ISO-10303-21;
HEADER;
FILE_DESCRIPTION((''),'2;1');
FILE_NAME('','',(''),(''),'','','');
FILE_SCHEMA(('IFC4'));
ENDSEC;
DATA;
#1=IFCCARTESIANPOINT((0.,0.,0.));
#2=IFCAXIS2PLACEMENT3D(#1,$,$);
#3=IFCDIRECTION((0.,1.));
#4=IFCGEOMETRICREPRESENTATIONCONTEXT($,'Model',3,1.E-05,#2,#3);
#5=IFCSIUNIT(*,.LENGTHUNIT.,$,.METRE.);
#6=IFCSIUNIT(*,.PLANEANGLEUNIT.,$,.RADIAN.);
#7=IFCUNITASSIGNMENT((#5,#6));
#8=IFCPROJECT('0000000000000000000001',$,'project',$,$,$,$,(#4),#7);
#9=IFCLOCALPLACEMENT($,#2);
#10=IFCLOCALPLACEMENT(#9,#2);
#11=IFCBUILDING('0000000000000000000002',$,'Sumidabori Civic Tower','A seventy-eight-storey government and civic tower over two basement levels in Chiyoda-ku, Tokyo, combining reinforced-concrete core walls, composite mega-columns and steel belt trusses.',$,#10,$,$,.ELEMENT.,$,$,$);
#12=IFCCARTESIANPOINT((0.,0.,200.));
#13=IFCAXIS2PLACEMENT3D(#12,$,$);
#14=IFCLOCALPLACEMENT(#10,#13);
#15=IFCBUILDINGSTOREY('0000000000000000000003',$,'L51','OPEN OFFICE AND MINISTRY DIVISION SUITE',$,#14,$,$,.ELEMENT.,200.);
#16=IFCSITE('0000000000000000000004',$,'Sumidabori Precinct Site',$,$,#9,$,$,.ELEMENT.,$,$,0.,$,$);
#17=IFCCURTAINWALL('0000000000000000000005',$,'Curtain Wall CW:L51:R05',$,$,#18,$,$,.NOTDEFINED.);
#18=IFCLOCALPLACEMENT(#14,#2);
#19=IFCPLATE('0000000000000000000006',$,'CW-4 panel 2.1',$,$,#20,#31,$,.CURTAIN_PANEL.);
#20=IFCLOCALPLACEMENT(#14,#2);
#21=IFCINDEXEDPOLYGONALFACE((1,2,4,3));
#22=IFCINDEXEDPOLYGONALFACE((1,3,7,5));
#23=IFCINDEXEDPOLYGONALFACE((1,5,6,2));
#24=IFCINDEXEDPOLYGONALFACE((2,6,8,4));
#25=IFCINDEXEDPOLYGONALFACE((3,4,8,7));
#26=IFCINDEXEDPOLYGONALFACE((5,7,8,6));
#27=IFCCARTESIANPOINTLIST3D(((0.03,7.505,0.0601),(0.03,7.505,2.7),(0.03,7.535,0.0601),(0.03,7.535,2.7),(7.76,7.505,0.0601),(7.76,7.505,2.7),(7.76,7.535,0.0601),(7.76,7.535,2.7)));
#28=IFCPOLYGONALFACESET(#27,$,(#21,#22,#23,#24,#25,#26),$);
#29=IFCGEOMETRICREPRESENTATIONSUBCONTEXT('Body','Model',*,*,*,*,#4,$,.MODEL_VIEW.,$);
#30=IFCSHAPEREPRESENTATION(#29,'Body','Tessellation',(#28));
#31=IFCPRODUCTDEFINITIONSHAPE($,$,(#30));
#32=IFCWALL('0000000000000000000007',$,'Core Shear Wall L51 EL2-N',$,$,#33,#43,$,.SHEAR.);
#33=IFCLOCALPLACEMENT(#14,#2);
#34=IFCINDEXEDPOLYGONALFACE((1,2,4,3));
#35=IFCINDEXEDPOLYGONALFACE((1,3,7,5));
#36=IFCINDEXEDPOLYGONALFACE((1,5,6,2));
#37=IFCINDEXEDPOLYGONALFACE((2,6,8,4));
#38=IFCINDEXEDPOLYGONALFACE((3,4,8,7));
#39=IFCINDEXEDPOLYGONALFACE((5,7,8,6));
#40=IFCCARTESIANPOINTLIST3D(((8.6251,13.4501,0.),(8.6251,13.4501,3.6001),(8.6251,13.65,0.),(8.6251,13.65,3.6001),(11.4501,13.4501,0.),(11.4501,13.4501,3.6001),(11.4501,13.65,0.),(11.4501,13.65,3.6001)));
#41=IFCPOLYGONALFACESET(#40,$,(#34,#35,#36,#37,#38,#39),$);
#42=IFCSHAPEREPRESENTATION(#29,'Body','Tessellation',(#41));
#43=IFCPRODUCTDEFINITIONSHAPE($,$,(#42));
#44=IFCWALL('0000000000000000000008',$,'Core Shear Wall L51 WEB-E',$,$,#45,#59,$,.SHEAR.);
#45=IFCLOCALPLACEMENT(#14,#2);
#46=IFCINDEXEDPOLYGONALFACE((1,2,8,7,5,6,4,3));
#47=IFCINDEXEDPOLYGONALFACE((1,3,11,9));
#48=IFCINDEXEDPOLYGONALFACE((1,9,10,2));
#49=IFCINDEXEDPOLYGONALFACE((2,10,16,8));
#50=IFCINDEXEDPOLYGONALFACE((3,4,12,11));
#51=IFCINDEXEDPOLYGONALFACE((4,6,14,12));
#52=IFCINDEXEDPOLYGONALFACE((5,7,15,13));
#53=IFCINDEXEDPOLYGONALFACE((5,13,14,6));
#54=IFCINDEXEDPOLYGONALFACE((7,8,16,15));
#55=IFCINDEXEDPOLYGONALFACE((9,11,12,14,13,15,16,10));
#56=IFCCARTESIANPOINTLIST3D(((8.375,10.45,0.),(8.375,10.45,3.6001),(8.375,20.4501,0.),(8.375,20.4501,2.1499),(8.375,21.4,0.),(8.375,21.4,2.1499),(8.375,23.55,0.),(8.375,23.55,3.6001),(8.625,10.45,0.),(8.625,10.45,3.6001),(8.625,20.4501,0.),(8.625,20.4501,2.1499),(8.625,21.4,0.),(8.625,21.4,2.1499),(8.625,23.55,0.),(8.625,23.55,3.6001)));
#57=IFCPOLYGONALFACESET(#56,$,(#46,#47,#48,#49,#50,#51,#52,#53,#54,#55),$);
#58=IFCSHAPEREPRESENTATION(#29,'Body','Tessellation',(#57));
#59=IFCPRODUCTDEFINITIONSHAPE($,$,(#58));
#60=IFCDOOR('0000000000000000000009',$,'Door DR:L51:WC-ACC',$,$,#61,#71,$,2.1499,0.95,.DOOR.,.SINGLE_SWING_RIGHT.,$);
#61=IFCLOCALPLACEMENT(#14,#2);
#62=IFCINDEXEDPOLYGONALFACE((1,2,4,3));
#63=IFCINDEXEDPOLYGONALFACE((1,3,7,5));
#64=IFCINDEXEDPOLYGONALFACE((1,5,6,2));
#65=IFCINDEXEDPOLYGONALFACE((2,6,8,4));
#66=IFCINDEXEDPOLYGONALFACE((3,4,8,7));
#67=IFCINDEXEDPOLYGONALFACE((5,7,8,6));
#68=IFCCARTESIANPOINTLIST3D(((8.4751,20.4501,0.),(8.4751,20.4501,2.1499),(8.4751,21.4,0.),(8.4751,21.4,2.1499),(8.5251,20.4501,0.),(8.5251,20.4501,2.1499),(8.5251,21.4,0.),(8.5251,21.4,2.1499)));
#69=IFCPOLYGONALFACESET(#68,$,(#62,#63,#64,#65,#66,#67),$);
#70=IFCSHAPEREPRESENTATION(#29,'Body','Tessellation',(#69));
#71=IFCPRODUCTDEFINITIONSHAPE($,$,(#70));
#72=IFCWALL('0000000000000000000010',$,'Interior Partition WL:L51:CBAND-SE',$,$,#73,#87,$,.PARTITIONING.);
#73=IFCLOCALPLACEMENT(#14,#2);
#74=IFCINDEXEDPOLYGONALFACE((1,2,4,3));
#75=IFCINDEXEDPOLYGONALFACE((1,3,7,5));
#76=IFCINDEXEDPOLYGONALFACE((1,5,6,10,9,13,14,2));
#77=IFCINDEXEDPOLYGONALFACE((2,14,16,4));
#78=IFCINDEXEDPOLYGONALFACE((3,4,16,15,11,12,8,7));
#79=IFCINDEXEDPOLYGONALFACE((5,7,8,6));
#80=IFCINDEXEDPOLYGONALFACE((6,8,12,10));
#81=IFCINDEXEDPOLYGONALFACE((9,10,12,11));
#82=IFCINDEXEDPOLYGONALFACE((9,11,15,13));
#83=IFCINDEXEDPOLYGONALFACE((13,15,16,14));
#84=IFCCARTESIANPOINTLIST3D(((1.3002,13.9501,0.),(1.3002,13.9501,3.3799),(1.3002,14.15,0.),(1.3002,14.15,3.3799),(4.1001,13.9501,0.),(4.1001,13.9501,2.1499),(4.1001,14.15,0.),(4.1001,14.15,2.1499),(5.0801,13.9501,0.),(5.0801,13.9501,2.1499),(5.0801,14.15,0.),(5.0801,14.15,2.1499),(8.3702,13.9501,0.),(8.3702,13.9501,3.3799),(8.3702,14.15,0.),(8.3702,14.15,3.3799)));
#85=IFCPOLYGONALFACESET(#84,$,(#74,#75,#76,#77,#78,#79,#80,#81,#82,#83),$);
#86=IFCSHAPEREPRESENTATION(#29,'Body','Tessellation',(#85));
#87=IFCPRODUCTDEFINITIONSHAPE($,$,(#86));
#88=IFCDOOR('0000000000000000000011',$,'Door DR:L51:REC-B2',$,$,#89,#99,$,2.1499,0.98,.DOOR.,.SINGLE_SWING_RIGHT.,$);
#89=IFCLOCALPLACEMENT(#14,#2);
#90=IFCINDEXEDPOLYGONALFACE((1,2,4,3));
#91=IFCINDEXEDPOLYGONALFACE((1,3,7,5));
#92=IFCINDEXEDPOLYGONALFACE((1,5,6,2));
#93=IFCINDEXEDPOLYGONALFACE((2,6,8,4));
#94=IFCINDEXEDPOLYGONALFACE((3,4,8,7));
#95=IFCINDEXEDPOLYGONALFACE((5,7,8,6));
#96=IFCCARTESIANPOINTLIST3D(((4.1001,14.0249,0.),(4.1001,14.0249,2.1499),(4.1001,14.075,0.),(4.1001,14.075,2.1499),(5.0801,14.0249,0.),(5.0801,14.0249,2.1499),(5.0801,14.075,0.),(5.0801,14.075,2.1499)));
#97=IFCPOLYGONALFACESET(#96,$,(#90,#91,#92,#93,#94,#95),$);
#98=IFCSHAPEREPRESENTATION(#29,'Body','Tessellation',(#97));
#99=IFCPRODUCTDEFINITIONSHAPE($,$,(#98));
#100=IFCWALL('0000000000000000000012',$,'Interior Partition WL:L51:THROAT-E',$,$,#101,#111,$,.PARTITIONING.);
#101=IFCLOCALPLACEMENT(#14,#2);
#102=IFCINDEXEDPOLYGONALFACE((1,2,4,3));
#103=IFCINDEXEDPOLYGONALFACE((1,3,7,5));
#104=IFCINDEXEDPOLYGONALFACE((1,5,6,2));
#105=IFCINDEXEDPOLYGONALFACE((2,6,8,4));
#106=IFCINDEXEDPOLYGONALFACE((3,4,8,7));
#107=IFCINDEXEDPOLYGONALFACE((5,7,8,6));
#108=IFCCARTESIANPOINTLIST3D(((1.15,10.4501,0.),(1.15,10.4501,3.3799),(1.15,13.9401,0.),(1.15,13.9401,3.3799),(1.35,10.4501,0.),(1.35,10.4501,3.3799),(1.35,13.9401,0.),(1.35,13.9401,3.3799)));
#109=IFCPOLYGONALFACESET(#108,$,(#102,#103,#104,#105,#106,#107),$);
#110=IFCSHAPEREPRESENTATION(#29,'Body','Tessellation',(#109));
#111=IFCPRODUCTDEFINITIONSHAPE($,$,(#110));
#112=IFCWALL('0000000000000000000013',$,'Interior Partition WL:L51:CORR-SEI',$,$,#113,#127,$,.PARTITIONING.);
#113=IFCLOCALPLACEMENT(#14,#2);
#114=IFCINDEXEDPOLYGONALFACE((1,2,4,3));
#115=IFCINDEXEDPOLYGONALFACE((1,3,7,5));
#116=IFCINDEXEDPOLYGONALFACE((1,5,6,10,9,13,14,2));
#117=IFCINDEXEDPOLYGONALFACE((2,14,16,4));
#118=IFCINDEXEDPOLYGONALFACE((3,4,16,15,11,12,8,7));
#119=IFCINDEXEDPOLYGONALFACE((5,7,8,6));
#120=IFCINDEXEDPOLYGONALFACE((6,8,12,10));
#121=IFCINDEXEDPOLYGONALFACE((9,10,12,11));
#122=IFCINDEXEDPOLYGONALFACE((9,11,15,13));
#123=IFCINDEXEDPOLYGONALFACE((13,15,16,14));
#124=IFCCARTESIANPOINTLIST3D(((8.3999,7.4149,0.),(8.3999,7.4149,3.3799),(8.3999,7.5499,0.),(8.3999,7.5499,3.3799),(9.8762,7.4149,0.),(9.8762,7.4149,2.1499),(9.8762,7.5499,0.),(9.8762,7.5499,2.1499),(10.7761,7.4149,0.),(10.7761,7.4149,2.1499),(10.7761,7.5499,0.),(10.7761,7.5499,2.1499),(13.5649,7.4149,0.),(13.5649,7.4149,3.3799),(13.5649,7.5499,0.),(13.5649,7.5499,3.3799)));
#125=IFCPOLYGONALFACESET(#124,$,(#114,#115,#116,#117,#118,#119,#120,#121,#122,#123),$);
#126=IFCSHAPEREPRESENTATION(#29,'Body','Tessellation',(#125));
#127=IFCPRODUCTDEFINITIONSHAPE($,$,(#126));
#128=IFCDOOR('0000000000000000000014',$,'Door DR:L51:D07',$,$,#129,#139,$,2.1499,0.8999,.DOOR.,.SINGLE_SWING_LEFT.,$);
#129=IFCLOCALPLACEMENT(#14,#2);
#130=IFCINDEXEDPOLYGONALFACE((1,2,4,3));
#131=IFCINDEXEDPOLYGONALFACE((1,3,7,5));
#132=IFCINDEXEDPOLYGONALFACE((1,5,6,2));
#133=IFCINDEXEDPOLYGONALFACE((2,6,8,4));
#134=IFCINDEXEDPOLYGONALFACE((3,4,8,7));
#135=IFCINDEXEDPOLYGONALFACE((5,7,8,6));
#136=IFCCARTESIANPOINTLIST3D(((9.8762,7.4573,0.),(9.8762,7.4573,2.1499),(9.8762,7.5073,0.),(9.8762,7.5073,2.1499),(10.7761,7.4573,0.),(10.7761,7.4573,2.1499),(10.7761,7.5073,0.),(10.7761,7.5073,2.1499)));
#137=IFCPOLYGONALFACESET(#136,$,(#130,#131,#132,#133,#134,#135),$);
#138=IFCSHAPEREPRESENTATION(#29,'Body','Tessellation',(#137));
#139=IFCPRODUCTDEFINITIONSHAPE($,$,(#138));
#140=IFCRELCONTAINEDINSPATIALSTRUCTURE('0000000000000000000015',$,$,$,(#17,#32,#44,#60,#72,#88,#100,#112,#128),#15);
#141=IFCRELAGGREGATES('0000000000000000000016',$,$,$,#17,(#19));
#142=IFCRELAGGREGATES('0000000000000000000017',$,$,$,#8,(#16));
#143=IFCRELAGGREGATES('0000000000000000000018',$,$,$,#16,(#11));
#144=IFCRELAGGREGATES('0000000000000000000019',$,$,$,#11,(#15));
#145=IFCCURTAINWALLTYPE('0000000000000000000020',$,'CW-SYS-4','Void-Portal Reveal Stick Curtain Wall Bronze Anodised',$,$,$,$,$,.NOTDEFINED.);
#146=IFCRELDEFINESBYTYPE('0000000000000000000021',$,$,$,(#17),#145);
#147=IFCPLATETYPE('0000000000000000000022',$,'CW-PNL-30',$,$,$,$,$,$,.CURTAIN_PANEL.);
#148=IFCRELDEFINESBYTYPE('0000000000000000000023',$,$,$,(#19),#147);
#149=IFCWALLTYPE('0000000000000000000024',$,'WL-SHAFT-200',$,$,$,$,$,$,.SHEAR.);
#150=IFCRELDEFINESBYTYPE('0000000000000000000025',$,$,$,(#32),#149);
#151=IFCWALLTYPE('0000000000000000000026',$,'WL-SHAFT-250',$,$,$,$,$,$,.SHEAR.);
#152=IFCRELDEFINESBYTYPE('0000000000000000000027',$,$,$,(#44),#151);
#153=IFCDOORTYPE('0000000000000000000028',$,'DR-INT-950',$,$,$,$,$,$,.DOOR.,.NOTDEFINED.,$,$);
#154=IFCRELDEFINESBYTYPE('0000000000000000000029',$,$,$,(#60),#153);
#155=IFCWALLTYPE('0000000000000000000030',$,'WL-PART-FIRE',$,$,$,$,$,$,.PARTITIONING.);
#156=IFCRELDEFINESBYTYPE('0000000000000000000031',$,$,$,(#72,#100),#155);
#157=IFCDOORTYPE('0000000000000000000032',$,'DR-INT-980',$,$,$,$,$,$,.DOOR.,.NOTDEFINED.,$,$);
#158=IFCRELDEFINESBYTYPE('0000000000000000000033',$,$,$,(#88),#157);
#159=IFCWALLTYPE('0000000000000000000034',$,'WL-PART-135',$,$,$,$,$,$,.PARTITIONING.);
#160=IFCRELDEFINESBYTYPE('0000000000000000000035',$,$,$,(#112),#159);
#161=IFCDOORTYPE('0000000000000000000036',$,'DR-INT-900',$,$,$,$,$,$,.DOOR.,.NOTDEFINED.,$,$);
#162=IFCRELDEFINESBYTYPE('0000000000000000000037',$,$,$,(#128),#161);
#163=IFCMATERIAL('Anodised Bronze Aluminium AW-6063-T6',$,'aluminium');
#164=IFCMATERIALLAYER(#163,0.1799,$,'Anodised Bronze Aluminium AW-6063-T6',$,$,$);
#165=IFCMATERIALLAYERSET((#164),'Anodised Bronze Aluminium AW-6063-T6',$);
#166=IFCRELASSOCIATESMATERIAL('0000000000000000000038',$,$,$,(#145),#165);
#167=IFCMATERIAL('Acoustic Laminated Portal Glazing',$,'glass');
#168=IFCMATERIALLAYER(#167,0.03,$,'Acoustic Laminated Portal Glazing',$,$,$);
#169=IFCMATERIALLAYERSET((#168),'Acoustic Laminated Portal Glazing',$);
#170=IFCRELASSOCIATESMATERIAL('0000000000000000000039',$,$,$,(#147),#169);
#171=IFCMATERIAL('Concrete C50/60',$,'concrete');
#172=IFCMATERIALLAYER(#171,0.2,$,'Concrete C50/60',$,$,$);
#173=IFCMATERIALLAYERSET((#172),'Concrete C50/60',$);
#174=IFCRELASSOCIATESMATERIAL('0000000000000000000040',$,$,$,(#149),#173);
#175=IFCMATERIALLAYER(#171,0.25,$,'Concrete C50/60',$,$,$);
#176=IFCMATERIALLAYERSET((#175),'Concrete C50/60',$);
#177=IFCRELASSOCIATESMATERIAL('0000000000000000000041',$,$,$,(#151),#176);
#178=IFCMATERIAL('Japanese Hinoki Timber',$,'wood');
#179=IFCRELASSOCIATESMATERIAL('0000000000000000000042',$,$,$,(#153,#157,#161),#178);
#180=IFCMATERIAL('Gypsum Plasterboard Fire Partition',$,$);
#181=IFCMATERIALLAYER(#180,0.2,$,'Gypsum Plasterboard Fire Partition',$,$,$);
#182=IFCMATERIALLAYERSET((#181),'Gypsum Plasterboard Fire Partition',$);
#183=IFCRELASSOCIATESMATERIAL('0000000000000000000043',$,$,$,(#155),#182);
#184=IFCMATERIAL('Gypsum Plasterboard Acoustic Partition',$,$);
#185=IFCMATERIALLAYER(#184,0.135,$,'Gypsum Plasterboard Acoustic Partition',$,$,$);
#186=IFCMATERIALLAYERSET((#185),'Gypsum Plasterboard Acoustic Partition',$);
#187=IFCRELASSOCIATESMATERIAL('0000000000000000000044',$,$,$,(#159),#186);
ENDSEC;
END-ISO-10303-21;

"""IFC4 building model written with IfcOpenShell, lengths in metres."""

from ifc_helpers import new_model, si_unit, direction, frame, frame_2d, origin, origin_2d, place, context, subcontext, project, spatial, rectangle, extrude, source, transform, mapped, material, layer, layer_set, type_object, element, fill, aggregate, save


model = new_model("IFC4")

# Units and contexts
model_context = context("Model", 3, precision=1e-05, world=origin(), true_north=direction((0.0, 1.0)))
body_context = subcontext(model_context, "Body", "Model", "MODEL_VIEW")
ifc_project = project(units=[si_unit("LENGTHUNIT", "METRE"), si_unit("PLANEANGLEUNIT", "RADIAN")], contexts=[model_context])

# Site, building, storey
site_placement = place(None, origin())
site = spatial("IfcSite", under=ifc_project, at=site_placement, Name="Sumidabori Precinct Site", CompositionType="ELEMENT", RefElevation=0.0)
building_placement = place(site_placement, origin())
building = spatial("IfcBuilding", under=site, at=building_placement, Name="Sumidabori Civic Tower", Description="A seventy-eight-storey government and civic tower over two basement levels in Chiyoda-ku, Tokyo, combining reinforced-concrete core walls, composite mega-columns and steel belt trusses.", CompositionType="ELEMENT")
storey_placement = place(building_placement, frame((0.0, 0.0, 200.0)))
storey = spatial("IfcBuildingStorey", under=building, at=storey_placement, Name="L51", Description="OPEN OFFICE AND MINISTRY DIVISION SUITE", CompositionType="ELEMENT", Elevation=200.0)

# Curtain wall
ifc_material_1 = material(Name="Anodised Bronze Aluminium AW-6063-T6", Category="aluminium")
ifc_layer_1 = layer(ifc_material_1, 0.1799, Name="Anodised Bronze Aluminium AW-6063-T6")
ifc_layer_set_1 = layer_set([ifc_layer_1], Name="Anodised Bronze Aluminium AW-6063-T6")
curtain_wall_type = type_object("IfcCurtainWallType", Name="CW-SYS-4", Description="Void-Portal Reveal Stick Curtain Wall Bronze Anodised", PredefinedType="NOTDEFINED", material=ifc_layer_set_1)
curtain_wall_1_placement = place(storey_placement, origin())
curtain_wall_1 = element("IfcCurtainWall", 1, at=curtain_wall_1_placement, inside=storey, type_object=curtain_wall_type, Name="Curtain Wall CW:L51:R05", PredefinedType="NOTDEFINED")

# Plate
ifc_material_2 = material(Name="Acoustic Laminated Portal Glazing", Category="glass")
ifc_layer_2 = layer(ifc_material_2, 0.03, Name="Acoustic Laminated Portal Glazing")
ifc_layer_set_2 = layer_set([ifc_layer_2], Name="Acoustic Laminated Portal Glazing")
plate_type = type_object("IfcPlateType", Name="CW-PNL-30", PredefinedType="CURTAIN_PANEL", material=ifc_layer_set_2)
shared_shape_1 = source(origin(), body_context, "Body", "SweptSolid", [
    extrude(rectangle(XDim=7.73, YDim=0.03, at=origin_2d()), origin(), (0.0, 0.0, 1.0), 2.6399),
])
plate_1_placement = place(storey_placement, frame((3.895, 7.52, 0.0601), z_axis=(0.0, 0.0, 1.0), x_axis=(1.0, 0.0, 0.0)))
plate_1 = element("IfcPlate", 2, at=plate_1_placement, type_object=plate_type, Name="CW-4 panel 2.1", PredefinedType="CURTAIN_PANEL", context=body_context, shape_type="MappedRepresentation", body=[
    mapped(shared_shape_1, transform((0.0, 0.0, 0.0), x_axis=(1.0, 0.0, 0.0), y_axis=(0.0, 1.0, 0.0), z_axis=(0.0, 0.0, 1.0), scale=1.0)),
])
aggregate(curtain_wall_1, [plate_1])

# Wall
ifc_material_3 = material(Name="Concrete C50/60", Category="concrete")
ifc_layer_3 = layer(ifc_material_3, 0.2, Name="Concrete C50/60")
ifc_layer_set_3 = layer_set([ifc_layer_3], Name="Concrete C50/60")
wall_type_1 = type_object("IfcWallType", Name="WL-SHAFT-200", PredefinedType="SHEAR", material=ifc_layer_set_3)
shared_shape_2 = source(origin(), body_context, "Body", "SweptSolid", [
    extrude(rectangle(XDim=2.825, YDim=0.2, at=frame_2d((1.4126, 0.0))), origin(), (0.0, 0.0, 1.0), 3.6001),
])
wall_1_placement = place(storey_placement, frame((8.625, 13.55, 0.0), z_axis=(0.0, 0.0, 1.0), x_axis=(1.0, 0.0, 0.0)))
element("IfcWall", 3, at=wall_1_placement, inside=storey, type_object=wall_type_1, Name="Core Shear Wall L51 EL2-N", PredefinedType="SHEAR", context=body_context, shape_type="MappedRepresentation", body=[
    mapped(shared_shape_2, transform((0.0, 0.0, 0.0), x_axis=(1.0, 0.0, 0.0), y_axis=(0.0, 1.0, 0.0), z_axis=(0.0, 0.0, 1.0), scale=1.0)),
])

# Walls, openings, doors
ifc_layer_4 = layer(ifc_material_3, 0.25, Name="Concrete C50/60")
ifc_layer_set_4 = layer_set([ifc_layer_4], Name="Concrete C50/60")
wall_type_2 = type_object("IfcWallType", Name="WL-SHAFT-250", PredefinedType="SHEAR", material=ifc_layer_set_4)
shared_shape_3 = source(origin(), body_context, "Body", "SweptSolid", [
    extrude(rectangle(XDim=13.1001, YDim=0.25, at=frame_2d((6.55, 0.0))), origin(), (0.0, 0.0, 1.0), 3.6001),
])
wall_2_placement = place(storey_placement, frame((8.5, 10.45, 0.0), z_axis=(0.0, 0.0, 1.0), x_axis=(0.0, 1.0, 0.0)))
wall_2 = element("IfcWall", 4, at=wall_2_placement, inside=storey, type_object=wall_type_2, Name="Core Shear Wall L51 WEB-E", PredefinedType="SHEAR", context=body_context, shape_type="MappedRepresentation", body=[
    mapped(shared_shape_3, transform((0.0, 0.0, 0.0), x_axis=(1.0, 0.0, 0.0), y_axis=(0.0, 1.0, 0.0), z_axis=(0.0, 0.0, 1.0), scale=1.0)),
])
opening_1_placement = place(wall_2_placement, frame((10.0, 0.0, 0.0)))
opening_1 = element("IfcOpeningElement", 5, at=opening_1_placement, cuts=wall_2, PredefinedType="OPENING", context=body_context, shape_type="SweptSolid", body=[
    extrude(rectangle(XDim=0.95, YDim=2.1499, at=frame_2d((0.4751, 1.075))), frame((0.0, 0.137, 0.0), z_axis=(0.0, -1.0, 0.0), x_axis=(1.0, 0.0, 0.0)), (0.0, 0.0, 1.0), 0.2739),
])
ifc_material_4 = material(Name="Japanese Hinoki Timber", Category="wood")
door_type_1 = type_object("IfcDoorType", Name="DR-INT-950", OperationType="NOTDEFINED", PredefinedType="DOOR", material=ifc_material_4)
shared_shape_4 = source(origin(), body_context, "Body", "SweptSolid", [
    extrude(rectangle(XDim=0.95, YDim=2.1499, at=frame_2d((0.4751, 1.075))), frame((0.0, 0.0249, 0.0), z_axis=(0.0, -1.0, 0.0), x_axis=(1.0, 0.0, 0.0)), (0.0, 0.0, 1.0), 0.05),
])
door_1_placement = place(opening_1_placement, origin())
door_1 = element("IfcDoor", 6, at=door_1_placement, inside=storey, type_object=door_type_1, Name="Door DR:L51:WC-ACC", OperationType="SINGLE_SWING_RIGHT", OverallHeight=2.1499, OverallWidth=0.95, PredefinedType="DOOR", context=body_context, shape_type="MappedRepresentation", body=[
    mapped(shared_shape_4, transform((0.0, 0.0, 0.0), x_axis=(1.0, 0.0, 0.0), y_axis=(0.0, 1.0, 0.0), z_axis=(0.0, 0.0, 1.0), scale=1.0)),
])
fill(opening_1, door_1)
ifc_material_5 = material(Name="Gypsum Plasterboard Fire Partition")
ifc_layer_5 = layer(ifc_material_5, 0.2, Name="Gypsum Plasterboard Fire Partition")
ifc_layer_set_5 = layer_set([ifc_layer_5], Name="Gypsum Plasterboard Fire Partition")
wall_type_3 = type_object("IfcWallType", Name="WL-PART-FIRE", PredefinedType="PARTITIONING", material=ifc_layer_set_5)
shared_shape_5 = source(origin(), body_context, "Body", "SweptSolid", [
    extrude(rectangle(XDim=7.0701, YDim=0.2, at=frame_2d((3.5352, 0.0))), origin(), (0.0, 0.0, 1.0), 3.3799),
])
wall_3_placement = place(storey_placement, frame((1.3, 14.05, 0.0), z_axis=(0.0, 0.0, 1.0), x_axis=(1.0, 0.0, 0.0)))
wall_3 = element("IfcWall", 7, at=wall_3_placement, inside=storey, type_object=wall_type_3, Name="Interior Partition WL:L51:CBAND-SE", PredefinedType="PARTITIONING", context=body_context, shape_type="MappedRepresentation", body=[
    mapped(shared_shape_5, transform((0.0, 0.0, 0.0), x_axis=(1.0, 0.0, 0.0), y_axis=(0.0, 1.0, 0.0), z_axis=(0.0, 0.0, 1.0), scale=1.0)),
])
opening_2_placement = place(wall_3_placement, frame((2.8, 0.0, 0.0)))
opening_2 = element("IfcOpeningElement", 8, at=opening_2_placement, cuts=wall_3, PredefinedType="OPENING", context=body_context, shape_type="SweptSolid", body=[
    extrude(rectangle(XDim=0.98, YDim=2.1499, at=frame_2d((0.49, 1.075))), frame((0.0, 0.1118, 0.0), z_axis=(0.0, -1.0, 0.0), x_axis=(1.0, 0.0, 0.0)), (0.0, 0.0, 1.0), 0.2239),
])
door_type_2 = type_object("IfcDoorType", Name="DR-INT-980", OperationType="NOTDEFINED", PredefinedType="DOOR", material=ifc_material_4)
shared_shape_6 = source(origin(), body_context, "Body", "SweptSolid", [
    extrude(rectangle(XDim=0.98, YDim=2.1499, at=frame_2d((0.49, 1.075))), frame((0.0, 0.0249, 0.0), z_axis=(0.0, -1.0, 0.0), x_axis=(1.0, 0.0, 0.0)), (0.0, 0.0, 1.0), 0.05),
])
door_2_placement = place(opening_2_placement, origin())
door_2 = element("IfcDoor", 9, at=door_2_placement, inside=storey, type_object=door_type_2, Name="Door DR:L51:REC-B2", OperationType="SINGLE_SWING_RIGHT", OverallHeight=2.1499, OverallWidth=0.98, PredefinedType="DOOR", context=body_context, shape_type="MappedRepresentation", body=[
    mapped(shared_shape_6, transform((0.0, 0.0, 0.0), x_axis=(1.0, 0.0, 0.0), y_axis=(0.0, 1.0, 0.0), z_axis=(0.0, 0.0, 1.0), scale=1.0)),
])
fill(opening_2, door_2)

# Wall
shared_shape_7 = source(origin(), body_context, "Body", "SweptSolid", [
    extrude(rectangle(XDim=3.49, YDim=0.2, at=frame_2d((1.7451, 0.0))), origin(), (0.0, 0.0, 1.0), 3.3799),
])
wall_4_placement = place(storey_placement, frame((1.25, 10.45, 0.0), z_axis=(0.0, 0.0, 1.0), x_axis=(0.0, 1.0, 0.0)))
element("IfcWall", 10, at=wall_4_placement, inside=storey, type_object=wall_type_3, Name="Interior Partition WL:L51:THROAT-E", PredefinedType="PARTITIONING", context=body_context, shape_type="MappedRepresentation", body=[
    mapped(shared_shape_7, transform((0.0, 0.0, 0.0), x_axis=(1.0, 0.0, 0.0), y_axis=(0.0, 1.0, 0.0), z_axis=(0.0, 0.0, 1.0), scale=1.0)),
])

# Wall, opening, door
ifc_material_6 = material(Name="Gypsum Plasterboard Acoustic Partition")
ifc_layer_6 = layer(ifc_material_6, 0.135, Name="Gypsum Plasterboard Acoustic Partition")
ifc_layer_set_6 = layer_set([ifc_layer_6], Name="Gypsum Plasterboard Acoustic Partition")
wall_type_4 = type_object("IfcWallType", Name="WL-PART-135", PredefinedType="PARTITIONING", material=ifc_layer_set_6)
shared_shape_8 = source(origin(), body_context, "Body", "SweptSolid", [
    extrude(rectangle(XDim=5.165, YDim=0.135, at=frame_2d((2.5825, 0.0))), origin(), (0.0, 0.0, 1.0), 3.3799),
])
wall_5_placement = place(storey_placement, frame((8.3999, 7.4824, 0.0), z_axis=(0.0, 0.0, 1.0), x_axis=(1.0, 0.0, 0.0)))
wall_5 = element("IfcWall", 11, at=wall_5_placement, inside=storey, type_object=wall_type_4, Name="Interior Partition WL:L51:CORR-SEI", PredefinedType="PARTITIONING", context=body_context, shape_type="MappedRepresentation", body=[
    mapped(shared_shape_8, transform((0.0, 0.0, 0.0), x_axis=(1.0, 0.0, 0.0), y_axis=(0.0, 1.0, 0.0), z_axis=(0.0, 0.0, 1.0), scale=1.0)),
])
opening_3_placement = place(wall_5_placement, frame((1.4763, 0.0, 0.0)))
opening_3 = element("IfcOpeningElement", 12, at=opening_3_placement, cuts=wall_5, PredefinedType="OPENING", context=body_context, shape_type="SweptSolid", body=[
    extrude(rectangle(XDim=0.8999, YDim=2.1499, at=frame_2d((0.45, 1.075))), frame((0.0, 0.0796, 0.0), z_axis=(0.0, -1.0, 0.0), x_axis=(1.0, 0.0, 0.0)), (0.0, 0.0, 1.0), 0.1589),
])
door_type_3 = type_object("IfcDoorType", Name="DR-INT-900", OperationType="NOTDEFINED", PredefinedType="DOOR", material=ifc_material_4)
shared_shape_9 = source(origin(), body_context, "Body", "SweptSolid", [
    extrude(rectangle(XDim=0.8999, YDim=2.1499, at=frame_2d((0.45, 1.075))), frame((0.0, 0.0249, 0.0), z_axis=(0.0, -1.0, 0.0), x_axis=(1.0, 0.0, 0.0)), (0.0, 0.0, 1.0), 0.05),
])
door_3_placement = place(opening_3_placement, origin())
door_3 = element("IfcDoor", 13, at=door_3_placement, inside=storey, type_object=door_type_3, Name="Door DR:L51:D07", OperationType="SINGLE_SWING_LEFT", OverallHeight=2.1499, OverallWidth=0.8999, PredefinedType="DOOR", context=body_context, shape_type="MappedRepresentation", body=[
    mapped(shared_shape_9, transform((0.0, 0.0, 0.0), x_axis=(1.0, 0.0, 0.0), y_axis=(0.0, 1.0, 0.0), z_axis=(0.0, 0.0, 1.0), scale=1.0)),
])
fill(opening_3, door_3)

save(model, "model.ifc")
